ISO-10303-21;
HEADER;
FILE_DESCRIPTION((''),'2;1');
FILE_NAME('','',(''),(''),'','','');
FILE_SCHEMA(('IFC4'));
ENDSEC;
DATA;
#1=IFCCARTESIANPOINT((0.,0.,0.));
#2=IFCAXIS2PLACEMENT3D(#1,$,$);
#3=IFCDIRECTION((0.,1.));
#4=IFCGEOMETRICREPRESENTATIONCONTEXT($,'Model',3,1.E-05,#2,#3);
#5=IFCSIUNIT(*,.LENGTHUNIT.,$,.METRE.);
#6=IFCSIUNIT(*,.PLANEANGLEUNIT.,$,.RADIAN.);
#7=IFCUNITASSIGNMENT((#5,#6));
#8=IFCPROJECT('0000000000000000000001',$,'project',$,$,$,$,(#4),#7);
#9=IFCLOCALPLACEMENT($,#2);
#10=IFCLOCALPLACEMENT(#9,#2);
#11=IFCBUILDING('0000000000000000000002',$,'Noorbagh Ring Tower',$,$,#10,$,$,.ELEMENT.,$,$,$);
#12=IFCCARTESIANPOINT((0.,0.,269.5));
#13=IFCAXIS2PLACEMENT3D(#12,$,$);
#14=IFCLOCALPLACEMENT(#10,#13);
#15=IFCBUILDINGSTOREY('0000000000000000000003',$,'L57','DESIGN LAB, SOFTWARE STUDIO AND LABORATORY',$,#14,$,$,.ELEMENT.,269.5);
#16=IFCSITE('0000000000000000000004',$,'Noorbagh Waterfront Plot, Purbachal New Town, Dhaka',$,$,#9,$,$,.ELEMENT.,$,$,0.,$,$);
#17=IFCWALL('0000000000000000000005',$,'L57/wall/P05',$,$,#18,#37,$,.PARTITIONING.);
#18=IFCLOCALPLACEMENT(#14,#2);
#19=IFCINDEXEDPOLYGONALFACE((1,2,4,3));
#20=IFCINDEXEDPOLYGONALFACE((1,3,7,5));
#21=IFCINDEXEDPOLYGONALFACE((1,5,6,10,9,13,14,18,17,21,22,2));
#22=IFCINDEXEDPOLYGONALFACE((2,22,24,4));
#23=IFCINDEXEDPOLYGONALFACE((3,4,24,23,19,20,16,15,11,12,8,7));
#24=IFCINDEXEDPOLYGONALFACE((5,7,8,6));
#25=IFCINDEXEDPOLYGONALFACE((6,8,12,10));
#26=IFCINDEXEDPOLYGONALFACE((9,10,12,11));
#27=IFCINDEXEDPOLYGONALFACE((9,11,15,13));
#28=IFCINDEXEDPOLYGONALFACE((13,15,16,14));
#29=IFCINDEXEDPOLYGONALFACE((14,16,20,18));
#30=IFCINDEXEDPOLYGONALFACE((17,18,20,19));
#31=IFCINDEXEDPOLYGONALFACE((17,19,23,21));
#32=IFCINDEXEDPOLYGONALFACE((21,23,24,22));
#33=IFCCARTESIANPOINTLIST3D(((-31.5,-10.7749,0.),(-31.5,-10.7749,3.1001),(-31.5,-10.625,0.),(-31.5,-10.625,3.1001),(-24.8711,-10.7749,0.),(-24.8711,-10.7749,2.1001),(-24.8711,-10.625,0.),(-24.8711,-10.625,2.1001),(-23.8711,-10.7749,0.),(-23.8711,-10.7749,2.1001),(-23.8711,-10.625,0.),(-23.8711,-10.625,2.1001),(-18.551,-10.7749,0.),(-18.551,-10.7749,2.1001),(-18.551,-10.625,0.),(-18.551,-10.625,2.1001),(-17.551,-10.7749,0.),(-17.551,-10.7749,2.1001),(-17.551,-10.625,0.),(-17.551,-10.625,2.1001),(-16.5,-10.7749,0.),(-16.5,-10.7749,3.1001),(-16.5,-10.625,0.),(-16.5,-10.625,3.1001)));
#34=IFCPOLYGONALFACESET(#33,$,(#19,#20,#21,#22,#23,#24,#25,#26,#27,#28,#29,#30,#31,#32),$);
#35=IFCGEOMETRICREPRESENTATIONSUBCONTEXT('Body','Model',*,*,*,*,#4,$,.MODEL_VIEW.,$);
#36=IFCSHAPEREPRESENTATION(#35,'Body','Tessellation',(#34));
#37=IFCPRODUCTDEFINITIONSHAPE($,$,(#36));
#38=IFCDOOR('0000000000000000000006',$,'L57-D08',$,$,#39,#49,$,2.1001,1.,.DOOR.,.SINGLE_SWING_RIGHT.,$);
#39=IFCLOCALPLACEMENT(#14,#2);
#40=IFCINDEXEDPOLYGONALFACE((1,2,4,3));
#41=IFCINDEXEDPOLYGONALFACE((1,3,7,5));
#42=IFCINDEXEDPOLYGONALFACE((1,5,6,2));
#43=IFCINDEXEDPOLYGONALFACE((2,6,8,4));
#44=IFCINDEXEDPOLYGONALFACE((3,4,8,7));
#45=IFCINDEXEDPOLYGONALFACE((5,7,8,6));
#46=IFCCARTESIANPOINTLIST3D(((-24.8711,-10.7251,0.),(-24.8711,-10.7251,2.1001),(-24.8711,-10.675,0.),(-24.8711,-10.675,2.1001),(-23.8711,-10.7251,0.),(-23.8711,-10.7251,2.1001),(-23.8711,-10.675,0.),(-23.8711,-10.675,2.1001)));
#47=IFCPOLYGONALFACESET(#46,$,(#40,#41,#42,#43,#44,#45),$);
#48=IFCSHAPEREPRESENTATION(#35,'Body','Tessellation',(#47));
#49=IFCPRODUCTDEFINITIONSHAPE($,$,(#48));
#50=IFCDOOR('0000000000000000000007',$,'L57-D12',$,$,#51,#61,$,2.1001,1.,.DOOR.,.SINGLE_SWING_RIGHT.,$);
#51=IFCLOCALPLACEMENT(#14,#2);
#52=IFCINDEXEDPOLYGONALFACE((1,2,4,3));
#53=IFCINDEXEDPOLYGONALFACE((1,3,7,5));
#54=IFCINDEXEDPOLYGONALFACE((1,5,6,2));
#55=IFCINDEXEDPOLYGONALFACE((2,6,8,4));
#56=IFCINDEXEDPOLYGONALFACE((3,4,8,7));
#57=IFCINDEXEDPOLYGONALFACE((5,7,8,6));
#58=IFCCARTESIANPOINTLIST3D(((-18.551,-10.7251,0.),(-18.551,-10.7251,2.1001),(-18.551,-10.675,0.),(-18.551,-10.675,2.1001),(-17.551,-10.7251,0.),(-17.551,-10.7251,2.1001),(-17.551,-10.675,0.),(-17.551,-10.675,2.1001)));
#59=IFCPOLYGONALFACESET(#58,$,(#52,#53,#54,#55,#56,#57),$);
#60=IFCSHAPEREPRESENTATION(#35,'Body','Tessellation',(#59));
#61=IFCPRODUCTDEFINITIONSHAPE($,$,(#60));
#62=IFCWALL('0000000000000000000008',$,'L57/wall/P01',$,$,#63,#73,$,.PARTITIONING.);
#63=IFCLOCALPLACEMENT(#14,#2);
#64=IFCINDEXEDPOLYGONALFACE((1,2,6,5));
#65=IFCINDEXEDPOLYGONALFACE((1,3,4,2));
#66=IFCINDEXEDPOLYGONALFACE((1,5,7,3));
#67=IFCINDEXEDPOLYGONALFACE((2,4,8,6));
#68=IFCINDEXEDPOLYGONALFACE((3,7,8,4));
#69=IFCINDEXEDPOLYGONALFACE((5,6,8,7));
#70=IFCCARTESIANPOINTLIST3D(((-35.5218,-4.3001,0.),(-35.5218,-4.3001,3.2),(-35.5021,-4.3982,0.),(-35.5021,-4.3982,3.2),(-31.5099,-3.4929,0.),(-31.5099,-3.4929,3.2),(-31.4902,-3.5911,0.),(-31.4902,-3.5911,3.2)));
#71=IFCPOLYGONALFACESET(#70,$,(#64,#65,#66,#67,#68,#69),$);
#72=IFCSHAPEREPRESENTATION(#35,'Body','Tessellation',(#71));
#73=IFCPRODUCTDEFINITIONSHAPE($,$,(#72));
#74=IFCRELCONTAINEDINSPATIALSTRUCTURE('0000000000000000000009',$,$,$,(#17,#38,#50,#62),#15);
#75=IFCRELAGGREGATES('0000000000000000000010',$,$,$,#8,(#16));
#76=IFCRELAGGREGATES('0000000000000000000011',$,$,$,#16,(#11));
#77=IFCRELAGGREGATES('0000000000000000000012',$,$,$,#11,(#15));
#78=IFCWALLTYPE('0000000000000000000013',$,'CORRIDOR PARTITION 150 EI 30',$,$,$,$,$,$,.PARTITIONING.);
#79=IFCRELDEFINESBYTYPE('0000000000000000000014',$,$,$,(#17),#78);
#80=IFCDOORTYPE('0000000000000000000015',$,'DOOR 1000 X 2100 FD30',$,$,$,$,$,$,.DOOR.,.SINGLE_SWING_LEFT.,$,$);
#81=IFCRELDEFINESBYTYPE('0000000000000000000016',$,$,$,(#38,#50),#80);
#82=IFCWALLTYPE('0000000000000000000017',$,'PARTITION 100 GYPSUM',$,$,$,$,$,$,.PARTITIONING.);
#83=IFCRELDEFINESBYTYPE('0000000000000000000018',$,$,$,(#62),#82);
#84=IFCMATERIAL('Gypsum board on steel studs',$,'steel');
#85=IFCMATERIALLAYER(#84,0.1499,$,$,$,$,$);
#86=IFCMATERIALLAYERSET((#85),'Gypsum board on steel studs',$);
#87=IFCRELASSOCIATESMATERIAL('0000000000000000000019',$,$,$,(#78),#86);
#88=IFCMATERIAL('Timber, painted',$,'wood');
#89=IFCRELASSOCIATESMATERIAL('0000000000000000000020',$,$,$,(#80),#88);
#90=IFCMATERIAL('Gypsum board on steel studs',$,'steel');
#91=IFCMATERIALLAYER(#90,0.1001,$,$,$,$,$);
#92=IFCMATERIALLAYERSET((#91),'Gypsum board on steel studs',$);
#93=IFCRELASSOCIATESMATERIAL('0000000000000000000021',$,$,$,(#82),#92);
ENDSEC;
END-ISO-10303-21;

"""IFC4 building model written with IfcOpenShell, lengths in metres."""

from ifc_helpers import new_model, si_unit, direction, frame, frame_2d, origin, place, context, subcontext, project, spatial, rectangle, extrude, material, layer, layer_set, type_object, element, fill, save


model = new_model("IFC4")

# Units and contexts
model_context = context("Model", 3, precision=1e-05, world=origin(), true_north=direction((0.0, 1.0)))
body_context = subcontext(model_context, "Body", "Model", "MODEL_VIEW")
ifc_project = project(units=[si_unit("LENGTHUNIT", "METRE"), si_unit("PLANEANGLEUNIT", "RADIAN")], contexts=[model_context])

# Site, building, storey
site_placement = place(None, origin())
site = spatial("IfcSite", under=ifc_project, at=site_placement, Name="Noorbagh Waterfront Plot, Purbachal New Town, Dhaka", CompositionType="ELEMENT", RefElevation=0.0)
building_placement = place(site_placement, origin())
building = spatial("IfcBuilding", under=site, at=building_placement, Name="Noorbagh Ring Tower", CompositionType="ELEMENT")
storey_placement = place(building_placement, frame((0.0, 0.0, 269.5)))
storey = spatial("IfcBuildingStorey", under=building, at=storey_placement, Name="L57", Description="DESIGN LAB, SOFTWARE STUDIO AND LABORATORY", CompositionType="ELEMENT", Elevation=269.5)

# Shared definitions
ifc_material_1 = material(Name="Gypsum board on steel studs", Category="steel")
ifc_layer_1 = layer(ifc_material_1, 0.1499)
ifc_layer_set_1 = layer_set([ifc_layer_1], Name="Gypsum board on steel studs")
wall_type_1 = type_object("IfcWallType", Name="CORRIDOR PARTITION 150 EI 30", PredefinedType="PARTITIONING", material=ifc_layer_set_1)
ifc_material_2 = material(Name="Timber, painted", Category="wood")
door_type = type_object("IfcDoorType", Name="DOOR 1000 X 2100 FD30", OperationType="SINGLE_SWING_LEFT", PredefinedType="DOOR", material=ifc_material_2)

# Wall, openings, doors
wall_1_placement = place(storey_placement, frame((-31.5, -10.7, 0.0), z_axis=(0.0, 0.0, 1.0), x_axis=(1.0, 0.0, 0.0)))
wall_1 = element("IfcWall", 1, at=wall_1_placement, inside=storey, type_object=wall_type_1, Name="L57/wall/P05", PredefinedType="PARTITIONING", context=body_context, shape_type="SweptSolid", body=[
    extrude(rectangle(XDim=15.0, YDim=0.1499, at=frame_2d((7.5, 0.0))), origin(), (0.0, 0.0, 1.0), 3.1001),
])
opening_1_placement = place(wall_1_placement, frame((6.6289, 0.0, 0.0)))
opening_1 = element("IfcOpeningElement", 2, at=opening_1_placement, cuts=wall_1, PredefinedType="OPENING", context=body_context, shape_type="SweptSolid", body=[
    extrude(rectangle(XDim=1.0, YDim=2.1001, at=frame_2d((0.5, 1.05))), frame((0.0, 0.085, 0.0), z_axis=(0.0, -1.0, 0.0), x_axis=(1.0, 0.0, 0.0)), (0.0, 0.0, 1.0), 0.1699),
])
opening_2_placement = place(wall_1_placement, frame((12.949, 0.0, 0.0)))
opening_2 = element("IfcOpeningElement", 3, at=opening_2_placement, cuts=wall_1, PredefinedType="OPENING", context=body_context, shape_type="SweptSolid", body=[
    extrude(rectangle(XDim=1.0, YDim=2.1001, at=frame_2d((0.5, 1.05))), frame((0.0, 0.085, 0.0), z_axis=(0.0, -1.0, 0.0), x_axis=(1.0, 0.0, 0.0)), (0.0, 0.0, 1.0), 0.1699),
])
door_1_placement = place(opening_1_placement, origin())
door_1 = element("IfcDoor", 4, at=door_1_placement, inside=storey, type_object=door_type, Name="L57-D08", OperationType="SINGLE_SWING_RIGHT", OverallHeight=2.1001, OverallWidth=1.0, PredefinedType="DOOR", context=body_context, shape_type="SweptSolid", body=[
    extrude(rectangle(XDim=1.0, YDim=2.1001, at=frame_2d((0.5, 1.05))), frame((0.0, 0.0249, 0.0), z_axis=(0.0, -1.0, 0.0), x_axis=(1.0, 0.0, 0.0)), (0.0, 0.0, 1.0), 0.05),
])
fill(opening_1, door_1)
door_2_placement = place(opening_2_placement, origin())
door_2 = element("IfcDoor", 5, at=door_2_placement, inside=storey, type_object=door_type, Name="L57-D12", OperationType="SINGLE_SWING_RIGHT", OverallHeight=2.1001, OverallWidth=1.0, PredefinedType="DOOR", context=body_context, shape_type="SweptSolid", body=[
    extrude(rectangle(XDim=1.0, YDim=2.1001, at=frame_2d((0.5, 1.05))), frame((0.0, 0.0249, 0.0), z_axis=(0.0, -1.0, 0.0), x_axis=(1.0, 0.0, 0.0)), (0.0, 0.0, 1.0), 0.05),
])
fill(opening_2, door_2)

# Wall
ifc_material_3 = material(Name="Gypsum board on steel studs", Category="steel")
ifc_layer_2 = layer(ifc_material_3, 0.1001)
ifc_layer_set_2 = layer_set([ifc_layer_2], Name="Gypsum board on steel studs")
wall_type_2 = type_object("IfcWallType", Name="PARTITION 100 GYPSUM", PredefinedType="PARTITIONING", material=ifc_layer_set_2)
wall_2_placement = place(storey_placement, frame((-35.512, -4.3491, 0.0), z_axis=(0.0, 0.0, 1.0), x_axis=(0.980357, 0.197229, 0.0)))
element("IfcWall", 6, at=wall_2_placement, inside=storey, type_object=wall_type_2, Name="L57/wall/P01", PredefinedType="PARTITIONING", context=body_context, shape_type="SweptSolid", body=[
    extrude(rectangle(XDim=4.0923, YDim=0.1001, at=frame_2d((2.0461, 0.0))), origin(), (0.0, 0.0, 1.0), 3.2),
])

save(model, "model.ifc")
